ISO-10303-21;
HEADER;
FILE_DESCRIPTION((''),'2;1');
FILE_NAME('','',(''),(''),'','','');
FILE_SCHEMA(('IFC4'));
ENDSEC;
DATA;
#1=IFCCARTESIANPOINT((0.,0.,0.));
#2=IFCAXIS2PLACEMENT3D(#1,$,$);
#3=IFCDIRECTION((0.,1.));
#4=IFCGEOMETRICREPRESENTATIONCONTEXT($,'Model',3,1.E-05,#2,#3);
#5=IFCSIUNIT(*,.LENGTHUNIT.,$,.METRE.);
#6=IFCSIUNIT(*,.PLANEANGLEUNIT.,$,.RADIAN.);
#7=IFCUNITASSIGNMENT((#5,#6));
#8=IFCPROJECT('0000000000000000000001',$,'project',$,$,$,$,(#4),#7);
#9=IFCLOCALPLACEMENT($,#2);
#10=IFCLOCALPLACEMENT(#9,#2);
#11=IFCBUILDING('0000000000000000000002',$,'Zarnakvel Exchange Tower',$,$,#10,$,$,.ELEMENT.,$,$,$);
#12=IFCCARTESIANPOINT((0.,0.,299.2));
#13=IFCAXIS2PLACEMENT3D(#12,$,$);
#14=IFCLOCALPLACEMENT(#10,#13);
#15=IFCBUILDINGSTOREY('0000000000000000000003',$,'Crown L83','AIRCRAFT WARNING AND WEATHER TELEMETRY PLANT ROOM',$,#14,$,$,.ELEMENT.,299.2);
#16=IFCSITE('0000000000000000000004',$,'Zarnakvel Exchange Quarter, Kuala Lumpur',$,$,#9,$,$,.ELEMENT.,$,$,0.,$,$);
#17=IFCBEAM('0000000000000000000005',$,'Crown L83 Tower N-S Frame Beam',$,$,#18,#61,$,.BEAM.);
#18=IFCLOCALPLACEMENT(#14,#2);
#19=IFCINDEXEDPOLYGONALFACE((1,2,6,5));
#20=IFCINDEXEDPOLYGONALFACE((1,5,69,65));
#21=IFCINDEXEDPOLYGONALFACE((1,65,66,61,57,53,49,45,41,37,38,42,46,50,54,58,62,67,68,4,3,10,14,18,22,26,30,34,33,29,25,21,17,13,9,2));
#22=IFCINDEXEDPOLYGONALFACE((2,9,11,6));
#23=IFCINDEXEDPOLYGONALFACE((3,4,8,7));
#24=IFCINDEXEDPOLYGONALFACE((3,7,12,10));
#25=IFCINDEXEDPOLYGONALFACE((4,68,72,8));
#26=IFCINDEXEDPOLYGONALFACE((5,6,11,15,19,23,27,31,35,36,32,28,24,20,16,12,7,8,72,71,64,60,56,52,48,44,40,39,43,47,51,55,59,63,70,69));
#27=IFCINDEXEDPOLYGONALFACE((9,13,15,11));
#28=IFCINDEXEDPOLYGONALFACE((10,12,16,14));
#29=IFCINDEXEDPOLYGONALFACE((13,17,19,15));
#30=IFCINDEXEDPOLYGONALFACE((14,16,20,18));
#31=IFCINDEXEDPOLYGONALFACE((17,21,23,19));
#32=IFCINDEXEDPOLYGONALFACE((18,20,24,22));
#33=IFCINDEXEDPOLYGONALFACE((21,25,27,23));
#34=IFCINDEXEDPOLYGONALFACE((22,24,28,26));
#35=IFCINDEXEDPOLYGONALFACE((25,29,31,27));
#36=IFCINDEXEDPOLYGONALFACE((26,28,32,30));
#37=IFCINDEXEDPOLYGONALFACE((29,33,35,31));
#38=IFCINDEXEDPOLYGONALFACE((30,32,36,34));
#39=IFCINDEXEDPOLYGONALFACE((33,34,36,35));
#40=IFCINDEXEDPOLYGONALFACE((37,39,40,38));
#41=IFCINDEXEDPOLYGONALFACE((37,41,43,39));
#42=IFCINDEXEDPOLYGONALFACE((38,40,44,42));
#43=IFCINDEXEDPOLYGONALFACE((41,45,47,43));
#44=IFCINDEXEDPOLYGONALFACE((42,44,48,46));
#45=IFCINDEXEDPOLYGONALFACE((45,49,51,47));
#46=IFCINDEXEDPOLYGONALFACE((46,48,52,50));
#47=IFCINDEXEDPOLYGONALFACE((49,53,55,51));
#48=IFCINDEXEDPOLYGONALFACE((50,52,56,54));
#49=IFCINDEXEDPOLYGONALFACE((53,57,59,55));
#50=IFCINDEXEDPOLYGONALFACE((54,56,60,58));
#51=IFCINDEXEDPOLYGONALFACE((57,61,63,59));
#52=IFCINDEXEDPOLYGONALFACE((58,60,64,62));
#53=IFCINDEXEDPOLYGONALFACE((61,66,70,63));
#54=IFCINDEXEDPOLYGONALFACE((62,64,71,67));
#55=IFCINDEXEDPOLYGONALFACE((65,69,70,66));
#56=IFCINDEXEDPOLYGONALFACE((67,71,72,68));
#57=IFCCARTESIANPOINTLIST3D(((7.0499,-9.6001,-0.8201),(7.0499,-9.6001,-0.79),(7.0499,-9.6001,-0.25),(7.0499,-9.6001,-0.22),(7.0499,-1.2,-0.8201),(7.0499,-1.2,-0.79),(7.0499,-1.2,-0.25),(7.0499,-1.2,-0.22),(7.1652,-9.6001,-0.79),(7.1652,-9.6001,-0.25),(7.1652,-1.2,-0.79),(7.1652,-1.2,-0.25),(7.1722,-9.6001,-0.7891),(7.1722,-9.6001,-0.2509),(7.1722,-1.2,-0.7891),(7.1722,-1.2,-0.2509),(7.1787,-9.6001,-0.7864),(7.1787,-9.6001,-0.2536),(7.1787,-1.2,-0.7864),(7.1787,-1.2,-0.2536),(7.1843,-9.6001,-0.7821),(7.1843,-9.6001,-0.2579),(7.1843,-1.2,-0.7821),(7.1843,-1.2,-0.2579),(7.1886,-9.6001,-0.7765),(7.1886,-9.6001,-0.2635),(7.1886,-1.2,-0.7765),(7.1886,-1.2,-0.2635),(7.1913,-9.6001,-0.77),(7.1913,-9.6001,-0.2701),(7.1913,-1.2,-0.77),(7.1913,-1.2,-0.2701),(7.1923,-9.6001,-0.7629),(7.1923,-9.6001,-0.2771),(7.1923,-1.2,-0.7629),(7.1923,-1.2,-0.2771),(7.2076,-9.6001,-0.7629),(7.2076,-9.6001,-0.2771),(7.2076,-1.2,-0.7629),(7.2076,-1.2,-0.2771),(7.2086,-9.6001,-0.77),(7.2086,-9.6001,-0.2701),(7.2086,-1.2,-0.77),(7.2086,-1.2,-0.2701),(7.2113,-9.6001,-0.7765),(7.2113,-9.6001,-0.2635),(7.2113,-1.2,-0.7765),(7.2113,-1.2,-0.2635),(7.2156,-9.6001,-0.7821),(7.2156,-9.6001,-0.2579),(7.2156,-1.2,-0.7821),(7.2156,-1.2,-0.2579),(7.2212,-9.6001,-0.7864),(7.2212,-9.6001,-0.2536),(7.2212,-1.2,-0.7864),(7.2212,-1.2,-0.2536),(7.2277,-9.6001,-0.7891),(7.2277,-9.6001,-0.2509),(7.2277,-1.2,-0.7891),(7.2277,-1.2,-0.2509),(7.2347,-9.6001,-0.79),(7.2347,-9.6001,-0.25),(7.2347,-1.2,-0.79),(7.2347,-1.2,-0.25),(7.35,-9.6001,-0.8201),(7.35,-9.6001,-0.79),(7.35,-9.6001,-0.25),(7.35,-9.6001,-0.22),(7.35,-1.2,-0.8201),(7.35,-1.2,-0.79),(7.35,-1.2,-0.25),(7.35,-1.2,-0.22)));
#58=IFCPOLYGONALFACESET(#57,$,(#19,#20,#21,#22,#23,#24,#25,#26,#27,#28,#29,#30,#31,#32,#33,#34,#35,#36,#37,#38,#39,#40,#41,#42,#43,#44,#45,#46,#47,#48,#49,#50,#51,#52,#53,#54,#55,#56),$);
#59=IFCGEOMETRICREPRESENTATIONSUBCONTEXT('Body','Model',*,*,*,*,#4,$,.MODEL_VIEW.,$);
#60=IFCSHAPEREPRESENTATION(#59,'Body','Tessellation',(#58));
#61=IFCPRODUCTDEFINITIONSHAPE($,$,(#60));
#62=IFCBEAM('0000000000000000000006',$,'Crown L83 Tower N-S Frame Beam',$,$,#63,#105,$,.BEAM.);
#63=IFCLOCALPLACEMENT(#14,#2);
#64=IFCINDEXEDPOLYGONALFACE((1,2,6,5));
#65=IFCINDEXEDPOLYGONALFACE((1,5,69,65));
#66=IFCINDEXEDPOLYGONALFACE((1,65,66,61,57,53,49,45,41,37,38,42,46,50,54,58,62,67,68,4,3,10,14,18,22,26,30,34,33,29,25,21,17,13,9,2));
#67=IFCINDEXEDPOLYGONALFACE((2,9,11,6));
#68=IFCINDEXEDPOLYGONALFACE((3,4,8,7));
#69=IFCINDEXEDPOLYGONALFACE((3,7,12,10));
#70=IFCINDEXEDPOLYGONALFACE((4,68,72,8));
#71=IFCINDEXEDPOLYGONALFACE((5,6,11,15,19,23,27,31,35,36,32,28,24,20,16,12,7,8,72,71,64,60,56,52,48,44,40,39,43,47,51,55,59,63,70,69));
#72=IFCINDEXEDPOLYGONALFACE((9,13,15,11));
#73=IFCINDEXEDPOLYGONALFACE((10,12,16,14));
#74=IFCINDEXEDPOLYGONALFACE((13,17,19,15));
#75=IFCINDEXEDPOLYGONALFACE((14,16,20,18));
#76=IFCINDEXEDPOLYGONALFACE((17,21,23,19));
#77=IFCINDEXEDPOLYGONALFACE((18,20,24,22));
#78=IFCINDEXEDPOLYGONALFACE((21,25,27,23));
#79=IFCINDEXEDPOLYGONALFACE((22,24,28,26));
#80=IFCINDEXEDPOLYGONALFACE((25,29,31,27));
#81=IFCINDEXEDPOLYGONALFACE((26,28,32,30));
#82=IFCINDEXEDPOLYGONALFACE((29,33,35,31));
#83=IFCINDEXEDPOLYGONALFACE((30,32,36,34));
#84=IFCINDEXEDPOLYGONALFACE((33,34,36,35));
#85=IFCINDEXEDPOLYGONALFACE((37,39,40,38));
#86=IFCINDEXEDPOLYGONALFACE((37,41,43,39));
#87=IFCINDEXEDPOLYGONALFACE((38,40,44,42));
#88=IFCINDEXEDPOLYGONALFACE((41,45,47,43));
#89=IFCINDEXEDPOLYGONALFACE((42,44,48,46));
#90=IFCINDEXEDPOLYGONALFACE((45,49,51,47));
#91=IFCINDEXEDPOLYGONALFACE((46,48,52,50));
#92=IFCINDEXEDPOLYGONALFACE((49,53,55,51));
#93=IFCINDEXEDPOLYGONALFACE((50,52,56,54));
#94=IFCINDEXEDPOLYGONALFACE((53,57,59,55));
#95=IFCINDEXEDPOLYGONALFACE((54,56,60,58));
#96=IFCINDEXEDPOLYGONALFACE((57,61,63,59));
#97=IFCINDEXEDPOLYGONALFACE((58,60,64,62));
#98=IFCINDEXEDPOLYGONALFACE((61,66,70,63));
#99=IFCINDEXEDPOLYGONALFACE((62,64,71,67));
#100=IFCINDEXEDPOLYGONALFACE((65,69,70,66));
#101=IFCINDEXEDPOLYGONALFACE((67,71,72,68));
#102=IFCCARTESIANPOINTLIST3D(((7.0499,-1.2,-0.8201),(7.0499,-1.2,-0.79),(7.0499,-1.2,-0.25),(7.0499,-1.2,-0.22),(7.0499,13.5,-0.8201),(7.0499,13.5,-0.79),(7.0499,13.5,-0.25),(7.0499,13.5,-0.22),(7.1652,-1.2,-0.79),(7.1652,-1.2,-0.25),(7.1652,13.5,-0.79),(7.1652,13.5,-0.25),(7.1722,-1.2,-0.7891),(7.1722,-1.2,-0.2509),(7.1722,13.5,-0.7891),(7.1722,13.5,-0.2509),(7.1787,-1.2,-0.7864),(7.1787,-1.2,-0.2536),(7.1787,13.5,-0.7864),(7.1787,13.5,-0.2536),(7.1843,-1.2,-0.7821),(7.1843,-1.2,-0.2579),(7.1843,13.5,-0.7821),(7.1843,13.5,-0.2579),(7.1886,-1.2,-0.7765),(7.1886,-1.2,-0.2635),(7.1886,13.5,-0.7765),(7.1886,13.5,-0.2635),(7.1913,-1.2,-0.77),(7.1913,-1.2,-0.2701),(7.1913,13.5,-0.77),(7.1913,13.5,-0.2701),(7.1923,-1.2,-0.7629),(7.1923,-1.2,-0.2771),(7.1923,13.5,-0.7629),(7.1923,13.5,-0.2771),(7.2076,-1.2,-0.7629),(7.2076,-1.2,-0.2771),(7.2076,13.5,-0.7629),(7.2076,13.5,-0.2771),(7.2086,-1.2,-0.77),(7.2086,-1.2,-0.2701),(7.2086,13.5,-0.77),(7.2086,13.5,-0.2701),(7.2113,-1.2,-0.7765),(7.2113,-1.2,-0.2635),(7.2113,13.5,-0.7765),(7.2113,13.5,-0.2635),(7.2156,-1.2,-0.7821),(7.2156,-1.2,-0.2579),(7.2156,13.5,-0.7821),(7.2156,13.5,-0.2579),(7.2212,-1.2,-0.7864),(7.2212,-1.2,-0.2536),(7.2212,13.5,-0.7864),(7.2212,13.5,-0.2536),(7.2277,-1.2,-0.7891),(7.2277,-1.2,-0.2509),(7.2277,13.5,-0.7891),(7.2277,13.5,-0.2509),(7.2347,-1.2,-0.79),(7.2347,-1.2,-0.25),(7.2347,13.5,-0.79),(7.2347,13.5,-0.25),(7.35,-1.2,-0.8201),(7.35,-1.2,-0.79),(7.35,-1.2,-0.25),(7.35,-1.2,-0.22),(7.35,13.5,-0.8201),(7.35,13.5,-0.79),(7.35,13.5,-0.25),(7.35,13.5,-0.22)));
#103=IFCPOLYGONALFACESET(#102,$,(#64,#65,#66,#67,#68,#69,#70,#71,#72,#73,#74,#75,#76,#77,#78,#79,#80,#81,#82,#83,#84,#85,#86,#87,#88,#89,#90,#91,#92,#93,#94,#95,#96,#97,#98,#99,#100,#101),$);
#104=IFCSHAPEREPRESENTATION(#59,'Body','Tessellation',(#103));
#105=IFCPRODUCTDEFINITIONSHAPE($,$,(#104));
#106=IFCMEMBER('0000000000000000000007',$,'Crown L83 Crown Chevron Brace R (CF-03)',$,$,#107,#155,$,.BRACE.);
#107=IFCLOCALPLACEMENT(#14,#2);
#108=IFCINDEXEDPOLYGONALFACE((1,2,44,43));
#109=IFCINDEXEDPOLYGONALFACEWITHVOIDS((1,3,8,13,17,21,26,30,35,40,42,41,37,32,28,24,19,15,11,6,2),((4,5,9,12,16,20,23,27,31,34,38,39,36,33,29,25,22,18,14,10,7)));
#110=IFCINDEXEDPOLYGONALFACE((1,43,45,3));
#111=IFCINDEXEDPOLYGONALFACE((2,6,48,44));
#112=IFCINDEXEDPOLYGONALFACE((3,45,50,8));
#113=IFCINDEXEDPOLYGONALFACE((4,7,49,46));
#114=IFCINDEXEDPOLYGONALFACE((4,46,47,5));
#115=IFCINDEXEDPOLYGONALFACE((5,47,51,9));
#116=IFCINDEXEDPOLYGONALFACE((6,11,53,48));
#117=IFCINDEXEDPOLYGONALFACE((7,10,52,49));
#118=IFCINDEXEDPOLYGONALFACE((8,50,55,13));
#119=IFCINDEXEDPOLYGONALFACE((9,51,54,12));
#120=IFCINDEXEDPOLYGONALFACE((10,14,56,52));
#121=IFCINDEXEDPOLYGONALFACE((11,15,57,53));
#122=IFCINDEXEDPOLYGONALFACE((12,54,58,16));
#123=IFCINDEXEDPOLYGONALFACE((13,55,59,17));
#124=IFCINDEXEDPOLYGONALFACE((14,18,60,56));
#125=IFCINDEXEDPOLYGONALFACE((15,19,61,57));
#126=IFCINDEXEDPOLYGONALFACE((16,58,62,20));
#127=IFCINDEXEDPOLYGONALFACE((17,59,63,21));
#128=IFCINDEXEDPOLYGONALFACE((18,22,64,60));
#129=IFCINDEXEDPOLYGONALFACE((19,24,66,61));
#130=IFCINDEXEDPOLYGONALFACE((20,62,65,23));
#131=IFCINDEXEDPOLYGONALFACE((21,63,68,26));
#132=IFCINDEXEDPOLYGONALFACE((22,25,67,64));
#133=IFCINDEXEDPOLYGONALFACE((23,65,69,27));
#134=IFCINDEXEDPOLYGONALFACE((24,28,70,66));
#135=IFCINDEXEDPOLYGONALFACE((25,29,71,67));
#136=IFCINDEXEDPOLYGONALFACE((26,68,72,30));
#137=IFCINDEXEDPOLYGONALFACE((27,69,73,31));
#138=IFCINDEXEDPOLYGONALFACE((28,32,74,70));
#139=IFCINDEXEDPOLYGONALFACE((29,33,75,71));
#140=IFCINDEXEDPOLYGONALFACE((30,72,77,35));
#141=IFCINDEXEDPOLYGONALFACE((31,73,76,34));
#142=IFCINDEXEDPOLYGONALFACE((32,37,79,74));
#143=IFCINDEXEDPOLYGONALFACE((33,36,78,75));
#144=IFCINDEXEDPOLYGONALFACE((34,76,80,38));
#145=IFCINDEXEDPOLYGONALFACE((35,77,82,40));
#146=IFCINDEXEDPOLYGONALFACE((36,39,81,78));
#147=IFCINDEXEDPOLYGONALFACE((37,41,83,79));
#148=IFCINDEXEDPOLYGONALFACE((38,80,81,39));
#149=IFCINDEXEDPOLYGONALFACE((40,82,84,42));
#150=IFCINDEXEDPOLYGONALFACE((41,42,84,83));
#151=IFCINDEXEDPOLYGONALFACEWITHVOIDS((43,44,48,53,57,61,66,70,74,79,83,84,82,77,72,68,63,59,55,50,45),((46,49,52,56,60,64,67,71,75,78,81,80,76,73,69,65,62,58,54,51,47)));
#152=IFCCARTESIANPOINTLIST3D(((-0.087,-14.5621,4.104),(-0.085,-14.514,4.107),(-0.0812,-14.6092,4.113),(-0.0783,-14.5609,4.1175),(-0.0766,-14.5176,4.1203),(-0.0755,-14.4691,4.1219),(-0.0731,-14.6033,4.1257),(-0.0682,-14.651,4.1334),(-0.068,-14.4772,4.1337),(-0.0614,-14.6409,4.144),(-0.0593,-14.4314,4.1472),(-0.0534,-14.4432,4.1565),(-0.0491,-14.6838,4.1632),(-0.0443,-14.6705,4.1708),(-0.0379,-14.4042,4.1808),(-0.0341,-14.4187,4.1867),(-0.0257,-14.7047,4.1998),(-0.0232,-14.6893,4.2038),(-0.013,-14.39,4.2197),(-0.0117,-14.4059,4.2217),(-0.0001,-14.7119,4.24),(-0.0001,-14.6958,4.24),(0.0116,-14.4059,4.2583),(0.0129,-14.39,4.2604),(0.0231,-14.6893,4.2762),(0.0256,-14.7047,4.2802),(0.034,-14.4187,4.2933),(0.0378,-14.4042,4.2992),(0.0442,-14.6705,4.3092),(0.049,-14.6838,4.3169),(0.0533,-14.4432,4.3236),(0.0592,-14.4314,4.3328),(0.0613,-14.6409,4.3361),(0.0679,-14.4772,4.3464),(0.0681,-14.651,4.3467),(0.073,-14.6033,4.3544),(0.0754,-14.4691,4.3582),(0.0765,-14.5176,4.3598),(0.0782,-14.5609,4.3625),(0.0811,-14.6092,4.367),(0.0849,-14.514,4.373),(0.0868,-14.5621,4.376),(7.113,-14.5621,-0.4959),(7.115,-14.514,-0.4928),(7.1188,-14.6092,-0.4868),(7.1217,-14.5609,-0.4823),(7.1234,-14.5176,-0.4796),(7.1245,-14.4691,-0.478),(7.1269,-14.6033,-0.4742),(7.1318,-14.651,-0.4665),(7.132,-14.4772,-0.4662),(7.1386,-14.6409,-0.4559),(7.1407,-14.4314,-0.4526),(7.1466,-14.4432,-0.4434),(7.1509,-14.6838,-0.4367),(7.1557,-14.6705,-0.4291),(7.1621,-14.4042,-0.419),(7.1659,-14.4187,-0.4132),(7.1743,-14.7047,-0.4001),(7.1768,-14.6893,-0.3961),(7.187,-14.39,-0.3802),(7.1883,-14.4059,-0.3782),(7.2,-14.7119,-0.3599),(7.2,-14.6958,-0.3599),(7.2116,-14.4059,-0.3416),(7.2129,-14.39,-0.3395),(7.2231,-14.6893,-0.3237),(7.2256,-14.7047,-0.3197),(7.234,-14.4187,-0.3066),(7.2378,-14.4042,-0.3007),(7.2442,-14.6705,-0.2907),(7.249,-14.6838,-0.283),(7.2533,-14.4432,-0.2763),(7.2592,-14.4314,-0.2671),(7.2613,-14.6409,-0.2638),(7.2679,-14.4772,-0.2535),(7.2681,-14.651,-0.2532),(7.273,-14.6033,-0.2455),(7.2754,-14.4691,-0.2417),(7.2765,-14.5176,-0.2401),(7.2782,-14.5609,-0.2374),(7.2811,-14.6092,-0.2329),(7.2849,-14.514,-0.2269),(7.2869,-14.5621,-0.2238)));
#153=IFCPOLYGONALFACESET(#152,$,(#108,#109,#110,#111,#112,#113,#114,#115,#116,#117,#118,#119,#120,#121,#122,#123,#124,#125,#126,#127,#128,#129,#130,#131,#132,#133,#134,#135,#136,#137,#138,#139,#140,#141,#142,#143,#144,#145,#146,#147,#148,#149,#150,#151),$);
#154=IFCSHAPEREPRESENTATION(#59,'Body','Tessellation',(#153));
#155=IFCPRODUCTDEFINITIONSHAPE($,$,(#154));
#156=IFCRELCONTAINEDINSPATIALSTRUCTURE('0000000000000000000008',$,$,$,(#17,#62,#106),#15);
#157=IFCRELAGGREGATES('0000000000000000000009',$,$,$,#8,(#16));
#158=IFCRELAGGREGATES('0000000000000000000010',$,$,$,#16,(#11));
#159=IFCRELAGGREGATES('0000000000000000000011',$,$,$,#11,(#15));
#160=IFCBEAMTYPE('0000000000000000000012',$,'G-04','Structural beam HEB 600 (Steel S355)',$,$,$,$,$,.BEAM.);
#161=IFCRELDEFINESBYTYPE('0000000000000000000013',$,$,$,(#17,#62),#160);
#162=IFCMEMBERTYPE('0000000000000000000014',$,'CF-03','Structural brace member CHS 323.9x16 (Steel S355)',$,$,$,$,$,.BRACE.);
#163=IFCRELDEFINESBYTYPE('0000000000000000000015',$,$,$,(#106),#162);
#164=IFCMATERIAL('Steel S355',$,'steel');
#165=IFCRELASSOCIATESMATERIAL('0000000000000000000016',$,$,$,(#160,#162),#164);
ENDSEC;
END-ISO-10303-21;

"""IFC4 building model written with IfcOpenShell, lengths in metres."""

from ifc_helpers import new_model, si_unit, direction, frame, origin, origin_2d, place, context, subcontext, project, spatial, hollow_circle, i_section, extrude, source, transform, mapped, material, material_profile, profile_set, type_object, element, save


model = new_model("IFC4")

# Units and contexts
model_context = context("Model", 3, precision=1e-05, world=origin(), true_north=direction((0.0, 1.0)))
body_context = subcontext(model_context, "Body", "Model", "MODEL_VIEW")
ifc_project = project(units=[si_unit("LENGTHUNIT", "METRE"), si_unit("PLANEANGLEUNIT", "RADIAN")], contexts=[model_context])

# Site, building, storey
site_placement = place(None, origin())
site = spatial("IfcSite", under=ifc_project, at=site_placement, Name="Zarnakvel Exchange Quarter, Kuala Lumpur", CompositionType="ELEMENT", RefElevation=0.0)
building_placement = place(site_placement, origin())
building = spatial("IfcBuilding", under=site, at=building_placement, Name="Zarnakvel Exchange Tower", CompositionType="ELEMENT")
storey_placement = place(building_placement, frame((0.0, 0.0, 299.2)))
storey = spatial("IfcBuildingStorey", under=building, at=storey_placement, Name="Crown L83", Description="AIRCRAFT WARNING AND WEATHER TELEMETRY PLANT ROOM", CompositionType="ELEMENT", Elevation=299.2)

# Shared definitions
ifc_material_1 = material(Name="Steel S355", Category="steel")

# Beams
ifc_material_profile_1 = material_profile(ifc_material_1, i_section(OverallWidth=0.3, OverallDepth=0.6001, WebThickness=0.0154, FlangeThickness=0.03, FilletRadius=0.0271, at=origin_2d()))
ifc_profile_set_1 = profile_set([ifc_material_profile_1], Name="Steel S355")
beam_type = type_object("IfcBeamType", Name="G-04", Description="Structural beam HEB 600 (Steel S355)", PredefinedType="BEAM", material=ifc_profile_set_1)
beam_1_placement = place(storey_placement, frame((7.2, -9.6001, -0.52), z_axis=(0.0, 1.0, 0.0), x_axis=(-1.0, 0.0, 0.0)))
element("IfcBeam", 1, at=beam_1_placement, inside=storey, type_object=beam_type, Name="Crown L83 Tower N-S Frame Beam", PredefinedType="BEAM", context=body_context, shape_type="SweptSolid", body=[
    extrude(i_section(OverallWidth=0.3, OverallDepth=0.6001, WebThickness=0.0154, FlangeThickness=0.03, FilletRadius=0.0271, at=origin_2d()), origin(), (0.0, 0.0, 1.0), 8.4001),
])
beam_2_placement = place(storey_placement, frame((7.2, -1.2, -0.52), z_axis=(0.0, 1.0, 0.0), x_axis=(-1.0, 0.0, 0.0)))
element("IfcBeam", 2, at=beam_2_placement, inside=storey, type_object=beam_type, Name="Crown L83 Tower N-S Frame Beam", PredefinedType="BEAM", context=body_context, shape_type="SweptSolid", body=[
    extrude(i_section(OverallWidth=0.3, OverallDepth=0.6001, WebThickness=0.0154, FlangeThickness=0.03, FilletRadius=0.0271, at=origin_2d()), origin(), (0.0, 0.0, 1.0), 14.7),
])

# Member
ifc_material_profile_2 = material_profile(ifc_material_1, hollow_circle(Radius=0.1619, WallThickness=0.0161, at=origin_2d()))
ifc_profile_set_2 = profile_set([ifc_material_profile_2], Name="Steel S355")
member_type_1 = type_object("IfcMemberType", Name="CF-03", Description="Structural brace member CHS 323.9x16 (Steel S355)", PredefinedType="BRACE", material=ifc_profile_set_2)
shared_shape_1 = source(origin(), body_context, "Body", "SweptSolid", [
    extrude(hollow_circle(Radius=0.1619, WallThickness=0.0161, at=origin_2d()), origin(), (0.0, 0.0, 1.0), 8.5439),
])
member_1_placement = place(storey_placement, frame((7.2, -14.55, -0.3599), z_axis=(-0.842702, 0.0, 0.53838), x_axis=(0.0, -1.0, 0.0)))
element("IfcMember", 3, at=member_1_placement, inside=storey, type_object=member_type_1, Name="Crown L83 Crown Chevron Brace R (CF-03)", PredefinedType="BRACE", context=body_context, shape_type="MappedRepresentation", body=[
    mapped(shared_shape_1, transform((0.0, 0.0, 0.0), x_axis=(1.0, 0.0, 0.0), y_axis=(0.0, 1.0, 0.0), z_axis=(0.0, 0.0, 1.0), scale=1.0)),
])

save(model, "model.ifc")
